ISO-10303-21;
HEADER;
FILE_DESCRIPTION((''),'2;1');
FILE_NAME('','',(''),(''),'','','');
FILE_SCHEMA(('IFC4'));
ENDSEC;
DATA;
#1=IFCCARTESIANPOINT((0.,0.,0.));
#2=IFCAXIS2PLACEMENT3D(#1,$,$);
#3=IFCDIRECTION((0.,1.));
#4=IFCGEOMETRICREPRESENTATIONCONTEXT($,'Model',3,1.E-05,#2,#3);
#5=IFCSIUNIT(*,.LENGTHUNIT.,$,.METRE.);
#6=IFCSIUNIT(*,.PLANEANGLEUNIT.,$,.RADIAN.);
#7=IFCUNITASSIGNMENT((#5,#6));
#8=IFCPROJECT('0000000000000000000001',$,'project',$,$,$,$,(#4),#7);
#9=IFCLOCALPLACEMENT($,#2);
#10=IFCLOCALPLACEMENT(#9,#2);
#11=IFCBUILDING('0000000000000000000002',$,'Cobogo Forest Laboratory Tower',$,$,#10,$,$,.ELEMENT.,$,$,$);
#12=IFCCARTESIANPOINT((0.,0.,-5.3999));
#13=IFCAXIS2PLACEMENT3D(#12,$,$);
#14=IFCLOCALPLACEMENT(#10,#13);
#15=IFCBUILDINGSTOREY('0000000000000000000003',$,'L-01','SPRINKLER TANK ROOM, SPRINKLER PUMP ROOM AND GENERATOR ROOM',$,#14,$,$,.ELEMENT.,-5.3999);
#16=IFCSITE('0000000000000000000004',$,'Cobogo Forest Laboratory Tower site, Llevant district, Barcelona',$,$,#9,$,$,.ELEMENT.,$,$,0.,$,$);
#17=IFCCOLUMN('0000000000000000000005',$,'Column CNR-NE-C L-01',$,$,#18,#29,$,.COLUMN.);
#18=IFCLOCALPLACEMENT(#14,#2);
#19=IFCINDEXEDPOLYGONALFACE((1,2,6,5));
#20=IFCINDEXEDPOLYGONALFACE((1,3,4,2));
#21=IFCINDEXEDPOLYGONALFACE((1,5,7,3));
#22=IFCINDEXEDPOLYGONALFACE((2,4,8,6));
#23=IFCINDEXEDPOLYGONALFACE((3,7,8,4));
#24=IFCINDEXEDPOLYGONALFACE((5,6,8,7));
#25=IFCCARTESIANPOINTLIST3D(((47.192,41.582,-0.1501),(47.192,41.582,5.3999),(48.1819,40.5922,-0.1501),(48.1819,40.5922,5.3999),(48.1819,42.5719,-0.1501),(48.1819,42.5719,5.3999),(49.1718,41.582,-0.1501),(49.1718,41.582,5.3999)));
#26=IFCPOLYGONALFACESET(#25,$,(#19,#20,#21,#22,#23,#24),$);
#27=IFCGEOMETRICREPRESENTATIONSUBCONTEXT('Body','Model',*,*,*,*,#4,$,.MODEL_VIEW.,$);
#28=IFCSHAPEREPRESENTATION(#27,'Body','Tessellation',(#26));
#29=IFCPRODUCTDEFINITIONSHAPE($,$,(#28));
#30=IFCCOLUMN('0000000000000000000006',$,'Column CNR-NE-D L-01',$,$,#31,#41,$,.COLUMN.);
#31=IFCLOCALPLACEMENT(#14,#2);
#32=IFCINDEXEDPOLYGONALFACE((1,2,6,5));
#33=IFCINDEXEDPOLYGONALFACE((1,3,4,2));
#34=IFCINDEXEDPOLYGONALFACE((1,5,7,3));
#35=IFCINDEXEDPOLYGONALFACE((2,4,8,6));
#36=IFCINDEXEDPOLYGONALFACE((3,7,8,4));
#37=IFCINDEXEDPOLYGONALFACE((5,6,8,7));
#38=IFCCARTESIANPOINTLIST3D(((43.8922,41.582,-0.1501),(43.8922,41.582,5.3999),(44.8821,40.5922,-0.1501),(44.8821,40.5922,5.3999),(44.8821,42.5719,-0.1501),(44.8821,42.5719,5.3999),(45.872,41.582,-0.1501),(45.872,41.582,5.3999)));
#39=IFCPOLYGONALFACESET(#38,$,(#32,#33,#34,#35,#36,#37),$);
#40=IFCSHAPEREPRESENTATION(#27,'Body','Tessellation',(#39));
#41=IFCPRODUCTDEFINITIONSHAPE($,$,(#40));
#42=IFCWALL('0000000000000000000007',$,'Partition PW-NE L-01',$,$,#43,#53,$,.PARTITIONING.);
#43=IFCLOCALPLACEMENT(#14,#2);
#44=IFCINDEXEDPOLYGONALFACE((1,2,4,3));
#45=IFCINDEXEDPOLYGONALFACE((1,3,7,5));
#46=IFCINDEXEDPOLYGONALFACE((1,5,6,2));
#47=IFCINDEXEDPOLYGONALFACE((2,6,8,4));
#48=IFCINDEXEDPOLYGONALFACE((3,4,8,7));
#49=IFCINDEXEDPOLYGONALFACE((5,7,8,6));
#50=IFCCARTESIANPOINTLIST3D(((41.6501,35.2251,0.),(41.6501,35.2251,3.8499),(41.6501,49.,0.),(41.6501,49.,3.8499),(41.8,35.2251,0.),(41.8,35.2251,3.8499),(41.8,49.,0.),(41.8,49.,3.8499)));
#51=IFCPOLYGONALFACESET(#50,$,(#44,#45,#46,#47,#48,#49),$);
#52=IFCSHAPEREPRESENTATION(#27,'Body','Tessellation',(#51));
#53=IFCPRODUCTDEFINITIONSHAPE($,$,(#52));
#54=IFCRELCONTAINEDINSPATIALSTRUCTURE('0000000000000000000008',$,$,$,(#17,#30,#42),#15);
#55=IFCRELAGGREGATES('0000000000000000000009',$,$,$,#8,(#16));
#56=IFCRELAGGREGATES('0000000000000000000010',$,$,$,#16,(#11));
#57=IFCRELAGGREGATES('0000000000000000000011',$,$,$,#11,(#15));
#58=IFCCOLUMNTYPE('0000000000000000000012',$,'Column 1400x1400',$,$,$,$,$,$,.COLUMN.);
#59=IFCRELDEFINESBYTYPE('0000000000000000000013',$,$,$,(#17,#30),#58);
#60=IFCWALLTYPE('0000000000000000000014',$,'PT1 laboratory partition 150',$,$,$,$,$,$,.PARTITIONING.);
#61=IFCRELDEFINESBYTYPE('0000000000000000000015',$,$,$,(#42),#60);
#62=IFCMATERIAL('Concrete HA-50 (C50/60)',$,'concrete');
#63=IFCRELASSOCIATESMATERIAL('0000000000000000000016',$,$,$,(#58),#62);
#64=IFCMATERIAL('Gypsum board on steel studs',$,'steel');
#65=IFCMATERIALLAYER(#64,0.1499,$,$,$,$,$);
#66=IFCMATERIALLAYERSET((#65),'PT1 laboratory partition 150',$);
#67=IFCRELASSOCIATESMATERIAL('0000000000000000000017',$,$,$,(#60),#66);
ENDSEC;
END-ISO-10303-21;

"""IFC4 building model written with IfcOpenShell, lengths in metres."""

from ifc_helpers import new_model, si_unit, direction, frame, frame_2d, origin, origin_2d, place, context, subcontext, project, spatial, rectangle, extrude, material, layer, layer_set, material_profile, profile_set, type_object, element, save


model = new_model("IFC4")

# Units and contexts
model_context = context("Model", 3, precision=1e-05, world=origin(), true_north=direction((0.0, 1.0)))
body_context = subcontext(model_context, "Body", "Model", "MODEL_VIEW")
ifc_project = project(units=[si_unit("LENGTHUNIT", "METRE"), si_unit("PLANEANGLEUNIT", "RADIAN")], contexts=[model_context])

# Site, building, storey
site_placement = place(None, origin())
site = spatial("IfcSite", under=ifc_project, at=site_placement, Name="Cobogo Forest Laboratory Tower site, Llevant district, Barcelona", CompositionType="ELEMENT", RefElevation=0.0)
building_placement = place(site_placement, origin())
building = spatial("IfcBuilding", under=site, at=building_placement, Name="Cobogo Forest Laboratory Tower", CompositionType="ELEMENT")
storey_placement = place(building_placement, frame((0.0, 0.0, -5.3999)))
storey = spatial("IfcBuildingStorey", under=building, at=storey_placement, Name="L-01", Description="SPRINKLER TANK ROOM, SPRINKLER PUMP ROOM AND GENERATOR ROOM", CompositionType="ELEMENT", Elevation=-5.3999)

# Columns
ifc_material_1 = material(Name="Concrete HA-50 (C50/60)", Category="concrete")
ifc_material_profile_1 = material_profile(ifc_material_1, rectangle(XDim=1.3999, YDim=1.3999, at=origin_2d()), Name="RC 1400x1400")
ifc_profile_set_1 = profile_set([ifc_material_profile_1], Name="Concrete HA-50 (C50/60)")
column_type_1 = type_object("IfcColumnType", Name="Column 1400x1400", PredefinedType="COLUMN", material=ifc_profile_set_1)
for number, where, z_axis, x_axis, name in (
    (1, (48.1819, 41.582, -0.1501), (0.0, 0.0, 1.0), (0.707107, 0.707107, 0.0), "Column CNR-NE-C L-01"),
    (2, (44.8821, 41.582, -0.1501), (0.0, 0.0, 1.0), (0.707107, 0.707107, 0.0), "Column CNR-NE-D L-01"),
):
    element("IfcColumn", number, at=place(storey_placement, frame(where, z_axis=z_axis, x_axis=x_axis)), inside=storey, type_object=column_type_1, Name=name, PredefinedType="COLUMN", context=body_context, shape_type="SweptSolid", body=[
        extrude(rectangle(XDim=1.3999, YDim=1.3999, at=origin_2d()), origin(), (0.0, 0.0, 1.0), 5.55),
    ])

# Wall
ifc_material_2 = material(Name="Gypsum board on steel studs", Category="steel")
ifc_layer = layer(ifc_material_2, 0.1499)
ifc_layer_set = layer_set([ifc_layer], Name="PT1 laboratory partition 150")
wall_type = type_object("IfcWallType", Name="PT1 laboratory partition 150", PredefinedType="PARTITIONING", material=ifc_layer_set)
wall_placement = place(storey_placement, frame((41.7251, 49.0, 0.0), z_axis=(0.0, 0.0, 1.0), x_axis=(0.0, -1.0, 0.0)))
element("IfcWall", 3, at=wall_placement, inside=storey, type_object=wall_type, Name="Partition PW-NE L-01", PredefinedType="PARTITIONING", context=body_context, shape_type="SweptSolid", body=[
    extrude(rectangle(XDim=13.7749, YDim=0.1499, at=frame_2d((6.8875, 0.0))), origin(), (0.0, 0.0, 1.0), 3.8499),
])

save(model, "model.ifc")
